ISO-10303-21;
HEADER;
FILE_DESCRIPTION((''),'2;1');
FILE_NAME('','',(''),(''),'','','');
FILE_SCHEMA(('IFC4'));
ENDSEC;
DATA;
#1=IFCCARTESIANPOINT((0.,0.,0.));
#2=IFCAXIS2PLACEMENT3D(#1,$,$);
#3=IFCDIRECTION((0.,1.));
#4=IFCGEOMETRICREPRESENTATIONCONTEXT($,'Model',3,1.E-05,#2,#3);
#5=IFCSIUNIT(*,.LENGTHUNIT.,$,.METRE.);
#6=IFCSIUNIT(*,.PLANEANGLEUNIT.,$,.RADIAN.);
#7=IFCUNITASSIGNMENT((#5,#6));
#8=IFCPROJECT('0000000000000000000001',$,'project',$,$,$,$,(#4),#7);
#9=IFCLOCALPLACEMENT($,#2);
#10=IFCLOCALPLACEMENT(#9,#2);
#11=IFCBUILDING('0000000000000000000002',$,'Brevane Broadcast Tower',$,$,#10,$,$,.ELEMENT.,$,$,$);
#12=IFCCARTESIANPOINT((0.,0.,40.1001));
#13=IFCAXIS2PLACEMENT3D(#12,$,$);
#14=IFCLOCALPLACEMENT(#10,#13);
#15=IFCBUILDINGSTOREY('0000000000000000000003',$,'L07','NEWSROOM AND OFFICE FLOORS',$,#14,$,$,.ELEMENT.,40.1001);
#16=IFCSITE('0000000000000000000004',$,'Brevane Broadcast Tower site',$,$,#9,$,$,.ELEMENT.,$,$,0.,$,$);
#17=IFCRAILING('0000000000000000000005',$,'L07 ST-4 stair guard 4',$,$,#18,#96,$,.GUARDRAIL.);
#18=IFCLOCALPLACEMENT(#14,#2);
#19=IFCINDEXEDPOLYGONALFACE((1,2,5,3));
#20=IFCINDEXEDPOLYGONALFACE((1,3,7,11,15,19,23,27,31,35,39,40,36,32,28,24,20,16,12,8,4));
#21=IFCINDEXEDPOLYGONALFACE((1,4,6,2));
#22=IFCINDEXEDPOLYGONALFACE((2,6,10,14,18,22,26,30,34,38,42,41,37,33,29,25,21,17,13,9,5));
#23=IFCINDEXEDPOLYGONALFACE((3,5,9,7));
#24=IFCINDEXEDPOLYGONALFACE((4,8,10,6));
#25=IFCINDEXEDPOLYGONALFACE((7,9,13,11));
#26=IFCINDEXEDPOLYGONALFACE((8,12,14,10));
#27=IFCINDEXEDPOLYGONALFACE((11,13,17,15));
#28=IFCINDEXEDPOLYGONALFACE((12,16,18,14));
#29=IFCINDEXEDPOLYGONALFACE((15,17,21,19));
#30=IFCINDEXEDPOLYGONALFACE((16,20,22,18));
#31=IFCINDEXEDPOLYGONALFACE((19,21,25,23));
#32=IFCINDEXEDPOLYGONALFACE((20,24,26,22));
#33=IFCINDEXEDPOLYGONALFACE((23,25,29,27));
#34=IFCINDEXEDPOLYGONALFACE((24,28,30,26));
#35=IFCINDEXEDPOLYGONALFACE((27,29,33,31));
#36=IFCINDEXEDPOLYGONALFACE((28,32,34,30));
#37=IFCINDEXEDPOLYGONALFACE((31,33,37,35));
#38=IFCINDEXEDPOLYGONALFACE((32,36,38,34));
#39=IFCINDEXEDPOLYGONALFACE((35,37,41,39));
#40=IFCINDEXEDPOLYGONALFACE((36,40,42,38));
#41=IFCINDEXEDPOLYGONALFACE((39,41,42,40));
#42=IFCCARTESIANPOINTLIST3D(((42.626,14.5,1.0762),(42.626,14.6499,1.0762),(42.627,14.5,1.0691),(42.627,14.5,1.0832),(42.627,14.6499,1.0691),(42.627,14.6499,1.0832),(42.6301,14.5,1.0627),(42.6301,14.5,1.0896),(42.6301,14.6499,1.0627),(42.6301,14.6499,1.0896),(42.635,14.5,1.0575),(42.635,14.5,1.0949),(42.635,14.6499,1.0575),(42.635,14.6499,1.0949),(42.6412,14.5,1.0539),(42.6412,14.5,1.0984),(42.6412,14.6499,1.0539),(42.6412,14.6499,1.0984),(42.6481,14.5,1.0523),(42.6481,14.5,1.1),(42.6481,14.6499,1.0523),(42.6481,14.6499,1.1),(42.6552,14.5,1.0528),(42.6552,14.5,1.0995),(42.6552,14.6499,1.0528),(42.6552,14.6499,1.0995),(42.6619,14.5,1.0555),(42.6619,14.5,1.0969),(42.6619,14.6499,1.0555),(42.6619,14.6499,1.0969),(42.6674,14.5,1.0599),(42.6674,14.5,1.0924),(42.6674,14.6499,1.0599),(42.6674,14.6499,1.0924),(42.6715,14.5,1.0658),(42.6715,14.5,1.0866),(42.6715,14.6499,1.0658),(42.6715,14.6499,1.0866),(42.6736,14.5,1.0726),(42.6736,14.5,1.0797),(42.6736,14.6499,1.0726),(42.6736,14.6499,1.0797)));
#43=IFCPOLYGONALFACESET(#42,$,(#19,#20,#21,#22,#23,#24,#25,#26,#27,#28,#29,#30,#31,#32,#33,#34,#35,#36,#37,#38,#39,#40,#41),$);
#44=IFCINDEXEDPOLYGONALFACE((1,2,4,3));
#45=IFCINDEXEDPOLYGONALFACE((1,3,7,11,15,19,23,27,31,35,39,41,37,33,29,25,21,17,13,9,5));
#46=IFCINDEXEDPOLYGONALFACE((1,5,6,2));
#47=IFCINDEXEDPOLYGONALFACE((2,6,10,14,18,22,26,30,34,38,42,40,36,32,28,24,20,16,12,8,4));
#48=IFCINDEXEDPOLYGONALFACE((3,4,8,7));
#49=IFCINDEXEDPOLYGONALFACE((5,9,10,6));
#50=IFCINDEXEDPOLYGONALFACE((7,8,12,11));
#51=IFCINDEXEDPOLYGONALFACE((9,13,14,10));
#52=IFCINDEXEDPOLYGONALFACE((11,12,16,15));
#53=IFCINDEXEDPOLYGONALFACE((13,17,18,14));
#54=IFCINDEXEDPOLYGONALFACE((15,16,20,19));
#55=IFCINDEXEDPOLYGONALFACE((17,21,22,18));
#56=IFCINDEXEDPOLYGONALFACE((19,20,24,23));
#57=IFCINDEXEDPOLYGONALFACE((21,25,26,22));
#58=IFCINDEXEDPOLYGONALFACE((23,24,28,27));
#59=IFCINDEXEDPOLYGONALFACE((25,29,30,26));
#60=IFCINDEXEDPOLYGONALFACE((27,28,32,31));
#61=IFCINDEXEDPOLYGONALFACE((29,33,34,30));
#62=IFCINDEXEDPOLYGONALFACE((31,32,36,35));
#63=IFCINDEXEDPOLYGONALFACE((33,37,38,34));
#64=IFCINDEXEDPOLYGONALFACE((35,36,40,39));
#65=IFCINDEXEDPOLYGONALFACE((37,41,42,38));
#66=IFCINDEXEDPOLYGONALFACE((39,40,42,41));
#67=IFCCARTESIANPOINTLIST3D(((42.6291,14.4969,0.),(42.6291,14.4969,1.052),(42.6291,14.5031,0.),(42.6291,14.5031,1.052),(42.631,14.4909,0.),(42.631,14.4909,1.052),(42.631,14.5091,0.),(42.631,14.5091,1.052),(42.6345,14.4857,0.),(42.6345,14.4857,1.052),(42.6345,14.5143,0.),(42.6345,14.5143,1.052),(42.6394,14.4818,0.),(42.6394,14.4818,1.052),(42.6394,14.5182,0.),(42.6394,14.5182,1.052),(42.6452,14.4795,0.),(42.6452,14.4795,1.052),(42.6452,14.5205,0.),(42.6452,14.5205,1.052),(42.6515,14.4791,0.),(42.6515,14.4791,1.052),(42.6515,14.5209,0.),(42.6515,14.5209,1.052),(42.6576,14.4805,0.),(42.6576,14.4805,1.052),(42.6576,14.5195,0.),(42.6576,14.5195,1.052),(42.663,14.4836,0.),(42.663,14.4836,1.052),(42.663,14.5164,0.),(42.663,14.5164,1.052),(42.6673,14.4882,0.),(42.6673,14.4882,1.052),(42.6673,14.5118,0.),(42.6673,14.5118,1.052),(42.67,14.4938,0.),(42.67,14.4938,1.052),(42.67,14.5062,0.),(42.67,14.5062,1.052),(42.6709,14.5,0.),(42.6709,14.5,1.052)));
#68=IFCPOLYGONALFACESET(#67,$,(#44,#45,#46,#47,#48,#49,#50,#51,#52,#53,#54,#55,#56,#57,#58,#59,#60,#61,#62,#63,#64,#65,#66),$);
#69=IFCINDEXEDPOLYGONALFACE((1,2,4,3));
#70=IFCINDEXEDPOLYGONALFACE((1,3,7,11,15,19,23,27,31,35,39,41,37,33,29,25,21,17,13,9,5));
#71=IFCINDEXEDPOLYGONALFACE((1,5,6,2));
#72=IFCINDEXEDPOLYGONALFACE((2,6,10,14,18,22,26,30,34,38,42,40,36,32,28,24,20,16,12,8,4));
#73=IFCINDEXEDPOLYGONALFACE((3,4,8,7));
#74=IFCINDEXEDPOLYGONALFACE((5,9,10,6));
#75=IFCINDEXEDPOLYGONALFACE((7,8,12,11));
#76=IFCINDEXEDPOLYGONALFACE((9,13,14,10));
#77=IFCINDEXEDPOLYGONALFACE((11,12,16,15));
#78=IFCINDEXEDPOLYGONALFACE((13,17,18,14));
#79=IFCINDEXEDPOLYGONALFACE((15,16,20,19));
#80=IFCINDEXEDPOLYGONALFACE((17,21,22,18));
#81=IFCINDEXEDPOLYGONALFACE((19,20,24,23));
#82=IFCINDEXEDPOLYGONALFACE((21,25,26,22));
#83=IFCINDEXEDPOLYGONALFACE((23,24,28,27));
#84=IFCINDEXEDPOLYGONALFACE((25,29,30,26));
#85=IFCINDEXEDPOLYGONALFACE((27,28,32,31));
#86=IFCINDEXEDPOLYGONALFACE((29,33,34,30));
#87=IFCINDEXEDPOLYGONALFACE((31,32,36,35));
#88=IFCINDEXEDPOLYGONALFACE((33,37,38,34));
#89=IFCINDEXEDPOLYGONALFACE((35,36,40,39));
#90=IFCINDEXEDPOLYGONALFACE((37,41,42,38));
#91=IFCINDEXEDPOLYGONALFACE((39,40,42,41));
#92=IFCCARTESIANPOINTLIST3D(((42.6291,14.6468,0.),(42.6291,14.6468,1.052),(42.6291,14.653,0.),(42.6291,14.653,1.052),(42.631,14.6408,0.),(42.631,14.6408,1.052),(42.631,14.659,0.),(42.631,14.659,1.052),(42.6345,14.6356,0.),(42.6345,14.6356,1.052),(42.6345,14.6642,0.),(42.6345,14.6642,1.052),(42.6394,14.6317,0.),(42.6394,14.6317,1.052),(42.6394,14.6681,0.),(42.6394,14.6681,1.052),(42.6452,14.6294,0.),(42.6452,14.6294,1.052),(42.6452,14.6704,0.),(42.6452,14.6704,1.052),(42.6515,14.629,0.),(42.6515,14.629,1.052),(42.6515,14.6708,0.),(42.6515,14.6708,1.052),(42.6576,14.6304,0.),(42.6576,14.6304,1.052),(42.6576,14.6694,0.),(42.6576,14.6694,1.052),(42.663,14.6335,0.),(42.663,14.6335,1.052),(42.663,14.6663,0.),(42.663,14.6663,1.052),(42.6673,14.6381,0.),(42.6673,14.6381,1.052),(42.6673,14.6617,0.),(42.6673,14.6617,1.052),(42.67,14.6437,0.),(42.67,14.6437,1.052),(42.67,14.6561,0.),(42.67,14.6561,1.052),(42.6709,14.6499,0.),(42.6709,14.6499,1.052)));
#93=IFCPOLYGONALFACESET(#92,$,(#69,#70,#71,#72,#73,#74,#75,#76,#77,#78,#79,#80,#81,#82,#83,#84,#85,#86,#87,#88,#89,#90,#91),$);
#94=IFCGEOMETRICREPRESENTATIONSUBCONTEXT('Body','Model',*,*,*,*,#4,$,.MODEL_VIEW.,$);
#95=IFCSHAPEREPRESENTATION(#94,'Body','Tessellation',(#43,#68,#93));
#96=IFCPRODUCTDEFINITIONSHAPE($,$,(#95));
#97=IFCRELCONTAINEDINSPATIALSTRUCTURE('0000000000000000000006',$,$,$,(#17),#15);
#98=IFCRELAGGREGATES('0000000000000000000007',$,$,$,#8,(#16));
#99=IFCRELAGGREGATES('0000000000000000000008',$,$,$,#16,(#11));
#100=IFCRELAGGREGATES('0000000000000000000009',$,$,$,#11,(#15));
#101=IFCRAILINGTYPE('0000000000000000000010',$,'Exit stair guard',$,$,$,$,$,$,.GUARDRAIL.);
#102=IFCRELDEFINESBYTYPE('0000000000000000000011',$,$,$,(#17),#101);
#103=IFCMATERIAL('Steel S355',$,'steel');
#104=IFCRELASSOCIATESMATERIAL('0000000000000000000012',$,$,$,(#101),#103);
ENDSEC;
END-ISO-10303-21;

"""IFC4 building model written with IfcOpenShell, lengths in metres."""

from ifc_helpers import new_model, si_unit, direction, frame, origin, origin_2d, place, context, subcontext, project, spatial, circle, extrude, material, type_object, element, save


model = new_model("IFC4")

# Units and contexts
model_context = context("Model", 3, precision=1e-05, world=origin(), true_north=direction((0.0, 1.0)))
body_context = subcontext(model_context, "Body", "Model", "MODEL_VIEW")
ifc_project = project(units=[si_unit("LENGTHUNIT", "METRE"), si_unit("PLANEANGLEUNIT", "RADIAN")], contexts=[model_context])

# Site, building, storey
site_placement = place(None, origin())
site = spatial("IfcSite", under=ifc_project, at=site_placement, Name="Brevane Broadcast Tower site", CompositionType="ELEMENT", RefElevation=0.0)
building_placement = place(site_placement, origin())
building = spatial("IfcBuilding", under=site, at=building_placement, Name="Brevane Broadcast Tower", CompositionType="ELEMENT")
storey_placement = place(building_placement, frame((0.0, 0.0, 40.1001)))
storey = spatial("IfcBuildingStorey", under=building, at=storey_placement, Name="L07", Description="NEWSROOM AND OFFICE FLOORS", CompositionType="ELEMENT", Elevation=40.1001)

# Railing
ifc_material_1 = material(Name="Steel S355", Category="steel")
railing_type_1 = type_object("IfcRailingType", Name="Exit stair guard", PredefinedType="GUARDRAIL", material=ifc_material_1)
railing_1_placement = place(storey_placement, frame((42.6499, 14.5, 0.0)))
element("IfcRailing", 1, at=railing_1_placement, inside=storey, type_object=railing_type_1, Name="L07 ST-4 stair guard 4", PredefinedType="GUARDRAIL", context=body_context, shape_type="SweptSolid", body=[
    extrude(circle(Radius=0.0239, at=origin_2d()), frame((0.0, 0.0, 1.0762), z_axis=(0.0, 1.0, 0.0), x_axis=(-1.0, 0.0, 0.0)), (0.0, 0.0, 1.0), 0.1499),
    extrude(circle(Radius=0.021, at=origin_2d()), origin(), (0.0, 0.0, 1.0), 1.052),
    extrude(circle(Radius=0.021, at=origin_2d()), frame((0.0, 0.1499, 0.0)), (0.0, 0.0, 1.0), 1.052),
])

save(model, "model.ifc")
